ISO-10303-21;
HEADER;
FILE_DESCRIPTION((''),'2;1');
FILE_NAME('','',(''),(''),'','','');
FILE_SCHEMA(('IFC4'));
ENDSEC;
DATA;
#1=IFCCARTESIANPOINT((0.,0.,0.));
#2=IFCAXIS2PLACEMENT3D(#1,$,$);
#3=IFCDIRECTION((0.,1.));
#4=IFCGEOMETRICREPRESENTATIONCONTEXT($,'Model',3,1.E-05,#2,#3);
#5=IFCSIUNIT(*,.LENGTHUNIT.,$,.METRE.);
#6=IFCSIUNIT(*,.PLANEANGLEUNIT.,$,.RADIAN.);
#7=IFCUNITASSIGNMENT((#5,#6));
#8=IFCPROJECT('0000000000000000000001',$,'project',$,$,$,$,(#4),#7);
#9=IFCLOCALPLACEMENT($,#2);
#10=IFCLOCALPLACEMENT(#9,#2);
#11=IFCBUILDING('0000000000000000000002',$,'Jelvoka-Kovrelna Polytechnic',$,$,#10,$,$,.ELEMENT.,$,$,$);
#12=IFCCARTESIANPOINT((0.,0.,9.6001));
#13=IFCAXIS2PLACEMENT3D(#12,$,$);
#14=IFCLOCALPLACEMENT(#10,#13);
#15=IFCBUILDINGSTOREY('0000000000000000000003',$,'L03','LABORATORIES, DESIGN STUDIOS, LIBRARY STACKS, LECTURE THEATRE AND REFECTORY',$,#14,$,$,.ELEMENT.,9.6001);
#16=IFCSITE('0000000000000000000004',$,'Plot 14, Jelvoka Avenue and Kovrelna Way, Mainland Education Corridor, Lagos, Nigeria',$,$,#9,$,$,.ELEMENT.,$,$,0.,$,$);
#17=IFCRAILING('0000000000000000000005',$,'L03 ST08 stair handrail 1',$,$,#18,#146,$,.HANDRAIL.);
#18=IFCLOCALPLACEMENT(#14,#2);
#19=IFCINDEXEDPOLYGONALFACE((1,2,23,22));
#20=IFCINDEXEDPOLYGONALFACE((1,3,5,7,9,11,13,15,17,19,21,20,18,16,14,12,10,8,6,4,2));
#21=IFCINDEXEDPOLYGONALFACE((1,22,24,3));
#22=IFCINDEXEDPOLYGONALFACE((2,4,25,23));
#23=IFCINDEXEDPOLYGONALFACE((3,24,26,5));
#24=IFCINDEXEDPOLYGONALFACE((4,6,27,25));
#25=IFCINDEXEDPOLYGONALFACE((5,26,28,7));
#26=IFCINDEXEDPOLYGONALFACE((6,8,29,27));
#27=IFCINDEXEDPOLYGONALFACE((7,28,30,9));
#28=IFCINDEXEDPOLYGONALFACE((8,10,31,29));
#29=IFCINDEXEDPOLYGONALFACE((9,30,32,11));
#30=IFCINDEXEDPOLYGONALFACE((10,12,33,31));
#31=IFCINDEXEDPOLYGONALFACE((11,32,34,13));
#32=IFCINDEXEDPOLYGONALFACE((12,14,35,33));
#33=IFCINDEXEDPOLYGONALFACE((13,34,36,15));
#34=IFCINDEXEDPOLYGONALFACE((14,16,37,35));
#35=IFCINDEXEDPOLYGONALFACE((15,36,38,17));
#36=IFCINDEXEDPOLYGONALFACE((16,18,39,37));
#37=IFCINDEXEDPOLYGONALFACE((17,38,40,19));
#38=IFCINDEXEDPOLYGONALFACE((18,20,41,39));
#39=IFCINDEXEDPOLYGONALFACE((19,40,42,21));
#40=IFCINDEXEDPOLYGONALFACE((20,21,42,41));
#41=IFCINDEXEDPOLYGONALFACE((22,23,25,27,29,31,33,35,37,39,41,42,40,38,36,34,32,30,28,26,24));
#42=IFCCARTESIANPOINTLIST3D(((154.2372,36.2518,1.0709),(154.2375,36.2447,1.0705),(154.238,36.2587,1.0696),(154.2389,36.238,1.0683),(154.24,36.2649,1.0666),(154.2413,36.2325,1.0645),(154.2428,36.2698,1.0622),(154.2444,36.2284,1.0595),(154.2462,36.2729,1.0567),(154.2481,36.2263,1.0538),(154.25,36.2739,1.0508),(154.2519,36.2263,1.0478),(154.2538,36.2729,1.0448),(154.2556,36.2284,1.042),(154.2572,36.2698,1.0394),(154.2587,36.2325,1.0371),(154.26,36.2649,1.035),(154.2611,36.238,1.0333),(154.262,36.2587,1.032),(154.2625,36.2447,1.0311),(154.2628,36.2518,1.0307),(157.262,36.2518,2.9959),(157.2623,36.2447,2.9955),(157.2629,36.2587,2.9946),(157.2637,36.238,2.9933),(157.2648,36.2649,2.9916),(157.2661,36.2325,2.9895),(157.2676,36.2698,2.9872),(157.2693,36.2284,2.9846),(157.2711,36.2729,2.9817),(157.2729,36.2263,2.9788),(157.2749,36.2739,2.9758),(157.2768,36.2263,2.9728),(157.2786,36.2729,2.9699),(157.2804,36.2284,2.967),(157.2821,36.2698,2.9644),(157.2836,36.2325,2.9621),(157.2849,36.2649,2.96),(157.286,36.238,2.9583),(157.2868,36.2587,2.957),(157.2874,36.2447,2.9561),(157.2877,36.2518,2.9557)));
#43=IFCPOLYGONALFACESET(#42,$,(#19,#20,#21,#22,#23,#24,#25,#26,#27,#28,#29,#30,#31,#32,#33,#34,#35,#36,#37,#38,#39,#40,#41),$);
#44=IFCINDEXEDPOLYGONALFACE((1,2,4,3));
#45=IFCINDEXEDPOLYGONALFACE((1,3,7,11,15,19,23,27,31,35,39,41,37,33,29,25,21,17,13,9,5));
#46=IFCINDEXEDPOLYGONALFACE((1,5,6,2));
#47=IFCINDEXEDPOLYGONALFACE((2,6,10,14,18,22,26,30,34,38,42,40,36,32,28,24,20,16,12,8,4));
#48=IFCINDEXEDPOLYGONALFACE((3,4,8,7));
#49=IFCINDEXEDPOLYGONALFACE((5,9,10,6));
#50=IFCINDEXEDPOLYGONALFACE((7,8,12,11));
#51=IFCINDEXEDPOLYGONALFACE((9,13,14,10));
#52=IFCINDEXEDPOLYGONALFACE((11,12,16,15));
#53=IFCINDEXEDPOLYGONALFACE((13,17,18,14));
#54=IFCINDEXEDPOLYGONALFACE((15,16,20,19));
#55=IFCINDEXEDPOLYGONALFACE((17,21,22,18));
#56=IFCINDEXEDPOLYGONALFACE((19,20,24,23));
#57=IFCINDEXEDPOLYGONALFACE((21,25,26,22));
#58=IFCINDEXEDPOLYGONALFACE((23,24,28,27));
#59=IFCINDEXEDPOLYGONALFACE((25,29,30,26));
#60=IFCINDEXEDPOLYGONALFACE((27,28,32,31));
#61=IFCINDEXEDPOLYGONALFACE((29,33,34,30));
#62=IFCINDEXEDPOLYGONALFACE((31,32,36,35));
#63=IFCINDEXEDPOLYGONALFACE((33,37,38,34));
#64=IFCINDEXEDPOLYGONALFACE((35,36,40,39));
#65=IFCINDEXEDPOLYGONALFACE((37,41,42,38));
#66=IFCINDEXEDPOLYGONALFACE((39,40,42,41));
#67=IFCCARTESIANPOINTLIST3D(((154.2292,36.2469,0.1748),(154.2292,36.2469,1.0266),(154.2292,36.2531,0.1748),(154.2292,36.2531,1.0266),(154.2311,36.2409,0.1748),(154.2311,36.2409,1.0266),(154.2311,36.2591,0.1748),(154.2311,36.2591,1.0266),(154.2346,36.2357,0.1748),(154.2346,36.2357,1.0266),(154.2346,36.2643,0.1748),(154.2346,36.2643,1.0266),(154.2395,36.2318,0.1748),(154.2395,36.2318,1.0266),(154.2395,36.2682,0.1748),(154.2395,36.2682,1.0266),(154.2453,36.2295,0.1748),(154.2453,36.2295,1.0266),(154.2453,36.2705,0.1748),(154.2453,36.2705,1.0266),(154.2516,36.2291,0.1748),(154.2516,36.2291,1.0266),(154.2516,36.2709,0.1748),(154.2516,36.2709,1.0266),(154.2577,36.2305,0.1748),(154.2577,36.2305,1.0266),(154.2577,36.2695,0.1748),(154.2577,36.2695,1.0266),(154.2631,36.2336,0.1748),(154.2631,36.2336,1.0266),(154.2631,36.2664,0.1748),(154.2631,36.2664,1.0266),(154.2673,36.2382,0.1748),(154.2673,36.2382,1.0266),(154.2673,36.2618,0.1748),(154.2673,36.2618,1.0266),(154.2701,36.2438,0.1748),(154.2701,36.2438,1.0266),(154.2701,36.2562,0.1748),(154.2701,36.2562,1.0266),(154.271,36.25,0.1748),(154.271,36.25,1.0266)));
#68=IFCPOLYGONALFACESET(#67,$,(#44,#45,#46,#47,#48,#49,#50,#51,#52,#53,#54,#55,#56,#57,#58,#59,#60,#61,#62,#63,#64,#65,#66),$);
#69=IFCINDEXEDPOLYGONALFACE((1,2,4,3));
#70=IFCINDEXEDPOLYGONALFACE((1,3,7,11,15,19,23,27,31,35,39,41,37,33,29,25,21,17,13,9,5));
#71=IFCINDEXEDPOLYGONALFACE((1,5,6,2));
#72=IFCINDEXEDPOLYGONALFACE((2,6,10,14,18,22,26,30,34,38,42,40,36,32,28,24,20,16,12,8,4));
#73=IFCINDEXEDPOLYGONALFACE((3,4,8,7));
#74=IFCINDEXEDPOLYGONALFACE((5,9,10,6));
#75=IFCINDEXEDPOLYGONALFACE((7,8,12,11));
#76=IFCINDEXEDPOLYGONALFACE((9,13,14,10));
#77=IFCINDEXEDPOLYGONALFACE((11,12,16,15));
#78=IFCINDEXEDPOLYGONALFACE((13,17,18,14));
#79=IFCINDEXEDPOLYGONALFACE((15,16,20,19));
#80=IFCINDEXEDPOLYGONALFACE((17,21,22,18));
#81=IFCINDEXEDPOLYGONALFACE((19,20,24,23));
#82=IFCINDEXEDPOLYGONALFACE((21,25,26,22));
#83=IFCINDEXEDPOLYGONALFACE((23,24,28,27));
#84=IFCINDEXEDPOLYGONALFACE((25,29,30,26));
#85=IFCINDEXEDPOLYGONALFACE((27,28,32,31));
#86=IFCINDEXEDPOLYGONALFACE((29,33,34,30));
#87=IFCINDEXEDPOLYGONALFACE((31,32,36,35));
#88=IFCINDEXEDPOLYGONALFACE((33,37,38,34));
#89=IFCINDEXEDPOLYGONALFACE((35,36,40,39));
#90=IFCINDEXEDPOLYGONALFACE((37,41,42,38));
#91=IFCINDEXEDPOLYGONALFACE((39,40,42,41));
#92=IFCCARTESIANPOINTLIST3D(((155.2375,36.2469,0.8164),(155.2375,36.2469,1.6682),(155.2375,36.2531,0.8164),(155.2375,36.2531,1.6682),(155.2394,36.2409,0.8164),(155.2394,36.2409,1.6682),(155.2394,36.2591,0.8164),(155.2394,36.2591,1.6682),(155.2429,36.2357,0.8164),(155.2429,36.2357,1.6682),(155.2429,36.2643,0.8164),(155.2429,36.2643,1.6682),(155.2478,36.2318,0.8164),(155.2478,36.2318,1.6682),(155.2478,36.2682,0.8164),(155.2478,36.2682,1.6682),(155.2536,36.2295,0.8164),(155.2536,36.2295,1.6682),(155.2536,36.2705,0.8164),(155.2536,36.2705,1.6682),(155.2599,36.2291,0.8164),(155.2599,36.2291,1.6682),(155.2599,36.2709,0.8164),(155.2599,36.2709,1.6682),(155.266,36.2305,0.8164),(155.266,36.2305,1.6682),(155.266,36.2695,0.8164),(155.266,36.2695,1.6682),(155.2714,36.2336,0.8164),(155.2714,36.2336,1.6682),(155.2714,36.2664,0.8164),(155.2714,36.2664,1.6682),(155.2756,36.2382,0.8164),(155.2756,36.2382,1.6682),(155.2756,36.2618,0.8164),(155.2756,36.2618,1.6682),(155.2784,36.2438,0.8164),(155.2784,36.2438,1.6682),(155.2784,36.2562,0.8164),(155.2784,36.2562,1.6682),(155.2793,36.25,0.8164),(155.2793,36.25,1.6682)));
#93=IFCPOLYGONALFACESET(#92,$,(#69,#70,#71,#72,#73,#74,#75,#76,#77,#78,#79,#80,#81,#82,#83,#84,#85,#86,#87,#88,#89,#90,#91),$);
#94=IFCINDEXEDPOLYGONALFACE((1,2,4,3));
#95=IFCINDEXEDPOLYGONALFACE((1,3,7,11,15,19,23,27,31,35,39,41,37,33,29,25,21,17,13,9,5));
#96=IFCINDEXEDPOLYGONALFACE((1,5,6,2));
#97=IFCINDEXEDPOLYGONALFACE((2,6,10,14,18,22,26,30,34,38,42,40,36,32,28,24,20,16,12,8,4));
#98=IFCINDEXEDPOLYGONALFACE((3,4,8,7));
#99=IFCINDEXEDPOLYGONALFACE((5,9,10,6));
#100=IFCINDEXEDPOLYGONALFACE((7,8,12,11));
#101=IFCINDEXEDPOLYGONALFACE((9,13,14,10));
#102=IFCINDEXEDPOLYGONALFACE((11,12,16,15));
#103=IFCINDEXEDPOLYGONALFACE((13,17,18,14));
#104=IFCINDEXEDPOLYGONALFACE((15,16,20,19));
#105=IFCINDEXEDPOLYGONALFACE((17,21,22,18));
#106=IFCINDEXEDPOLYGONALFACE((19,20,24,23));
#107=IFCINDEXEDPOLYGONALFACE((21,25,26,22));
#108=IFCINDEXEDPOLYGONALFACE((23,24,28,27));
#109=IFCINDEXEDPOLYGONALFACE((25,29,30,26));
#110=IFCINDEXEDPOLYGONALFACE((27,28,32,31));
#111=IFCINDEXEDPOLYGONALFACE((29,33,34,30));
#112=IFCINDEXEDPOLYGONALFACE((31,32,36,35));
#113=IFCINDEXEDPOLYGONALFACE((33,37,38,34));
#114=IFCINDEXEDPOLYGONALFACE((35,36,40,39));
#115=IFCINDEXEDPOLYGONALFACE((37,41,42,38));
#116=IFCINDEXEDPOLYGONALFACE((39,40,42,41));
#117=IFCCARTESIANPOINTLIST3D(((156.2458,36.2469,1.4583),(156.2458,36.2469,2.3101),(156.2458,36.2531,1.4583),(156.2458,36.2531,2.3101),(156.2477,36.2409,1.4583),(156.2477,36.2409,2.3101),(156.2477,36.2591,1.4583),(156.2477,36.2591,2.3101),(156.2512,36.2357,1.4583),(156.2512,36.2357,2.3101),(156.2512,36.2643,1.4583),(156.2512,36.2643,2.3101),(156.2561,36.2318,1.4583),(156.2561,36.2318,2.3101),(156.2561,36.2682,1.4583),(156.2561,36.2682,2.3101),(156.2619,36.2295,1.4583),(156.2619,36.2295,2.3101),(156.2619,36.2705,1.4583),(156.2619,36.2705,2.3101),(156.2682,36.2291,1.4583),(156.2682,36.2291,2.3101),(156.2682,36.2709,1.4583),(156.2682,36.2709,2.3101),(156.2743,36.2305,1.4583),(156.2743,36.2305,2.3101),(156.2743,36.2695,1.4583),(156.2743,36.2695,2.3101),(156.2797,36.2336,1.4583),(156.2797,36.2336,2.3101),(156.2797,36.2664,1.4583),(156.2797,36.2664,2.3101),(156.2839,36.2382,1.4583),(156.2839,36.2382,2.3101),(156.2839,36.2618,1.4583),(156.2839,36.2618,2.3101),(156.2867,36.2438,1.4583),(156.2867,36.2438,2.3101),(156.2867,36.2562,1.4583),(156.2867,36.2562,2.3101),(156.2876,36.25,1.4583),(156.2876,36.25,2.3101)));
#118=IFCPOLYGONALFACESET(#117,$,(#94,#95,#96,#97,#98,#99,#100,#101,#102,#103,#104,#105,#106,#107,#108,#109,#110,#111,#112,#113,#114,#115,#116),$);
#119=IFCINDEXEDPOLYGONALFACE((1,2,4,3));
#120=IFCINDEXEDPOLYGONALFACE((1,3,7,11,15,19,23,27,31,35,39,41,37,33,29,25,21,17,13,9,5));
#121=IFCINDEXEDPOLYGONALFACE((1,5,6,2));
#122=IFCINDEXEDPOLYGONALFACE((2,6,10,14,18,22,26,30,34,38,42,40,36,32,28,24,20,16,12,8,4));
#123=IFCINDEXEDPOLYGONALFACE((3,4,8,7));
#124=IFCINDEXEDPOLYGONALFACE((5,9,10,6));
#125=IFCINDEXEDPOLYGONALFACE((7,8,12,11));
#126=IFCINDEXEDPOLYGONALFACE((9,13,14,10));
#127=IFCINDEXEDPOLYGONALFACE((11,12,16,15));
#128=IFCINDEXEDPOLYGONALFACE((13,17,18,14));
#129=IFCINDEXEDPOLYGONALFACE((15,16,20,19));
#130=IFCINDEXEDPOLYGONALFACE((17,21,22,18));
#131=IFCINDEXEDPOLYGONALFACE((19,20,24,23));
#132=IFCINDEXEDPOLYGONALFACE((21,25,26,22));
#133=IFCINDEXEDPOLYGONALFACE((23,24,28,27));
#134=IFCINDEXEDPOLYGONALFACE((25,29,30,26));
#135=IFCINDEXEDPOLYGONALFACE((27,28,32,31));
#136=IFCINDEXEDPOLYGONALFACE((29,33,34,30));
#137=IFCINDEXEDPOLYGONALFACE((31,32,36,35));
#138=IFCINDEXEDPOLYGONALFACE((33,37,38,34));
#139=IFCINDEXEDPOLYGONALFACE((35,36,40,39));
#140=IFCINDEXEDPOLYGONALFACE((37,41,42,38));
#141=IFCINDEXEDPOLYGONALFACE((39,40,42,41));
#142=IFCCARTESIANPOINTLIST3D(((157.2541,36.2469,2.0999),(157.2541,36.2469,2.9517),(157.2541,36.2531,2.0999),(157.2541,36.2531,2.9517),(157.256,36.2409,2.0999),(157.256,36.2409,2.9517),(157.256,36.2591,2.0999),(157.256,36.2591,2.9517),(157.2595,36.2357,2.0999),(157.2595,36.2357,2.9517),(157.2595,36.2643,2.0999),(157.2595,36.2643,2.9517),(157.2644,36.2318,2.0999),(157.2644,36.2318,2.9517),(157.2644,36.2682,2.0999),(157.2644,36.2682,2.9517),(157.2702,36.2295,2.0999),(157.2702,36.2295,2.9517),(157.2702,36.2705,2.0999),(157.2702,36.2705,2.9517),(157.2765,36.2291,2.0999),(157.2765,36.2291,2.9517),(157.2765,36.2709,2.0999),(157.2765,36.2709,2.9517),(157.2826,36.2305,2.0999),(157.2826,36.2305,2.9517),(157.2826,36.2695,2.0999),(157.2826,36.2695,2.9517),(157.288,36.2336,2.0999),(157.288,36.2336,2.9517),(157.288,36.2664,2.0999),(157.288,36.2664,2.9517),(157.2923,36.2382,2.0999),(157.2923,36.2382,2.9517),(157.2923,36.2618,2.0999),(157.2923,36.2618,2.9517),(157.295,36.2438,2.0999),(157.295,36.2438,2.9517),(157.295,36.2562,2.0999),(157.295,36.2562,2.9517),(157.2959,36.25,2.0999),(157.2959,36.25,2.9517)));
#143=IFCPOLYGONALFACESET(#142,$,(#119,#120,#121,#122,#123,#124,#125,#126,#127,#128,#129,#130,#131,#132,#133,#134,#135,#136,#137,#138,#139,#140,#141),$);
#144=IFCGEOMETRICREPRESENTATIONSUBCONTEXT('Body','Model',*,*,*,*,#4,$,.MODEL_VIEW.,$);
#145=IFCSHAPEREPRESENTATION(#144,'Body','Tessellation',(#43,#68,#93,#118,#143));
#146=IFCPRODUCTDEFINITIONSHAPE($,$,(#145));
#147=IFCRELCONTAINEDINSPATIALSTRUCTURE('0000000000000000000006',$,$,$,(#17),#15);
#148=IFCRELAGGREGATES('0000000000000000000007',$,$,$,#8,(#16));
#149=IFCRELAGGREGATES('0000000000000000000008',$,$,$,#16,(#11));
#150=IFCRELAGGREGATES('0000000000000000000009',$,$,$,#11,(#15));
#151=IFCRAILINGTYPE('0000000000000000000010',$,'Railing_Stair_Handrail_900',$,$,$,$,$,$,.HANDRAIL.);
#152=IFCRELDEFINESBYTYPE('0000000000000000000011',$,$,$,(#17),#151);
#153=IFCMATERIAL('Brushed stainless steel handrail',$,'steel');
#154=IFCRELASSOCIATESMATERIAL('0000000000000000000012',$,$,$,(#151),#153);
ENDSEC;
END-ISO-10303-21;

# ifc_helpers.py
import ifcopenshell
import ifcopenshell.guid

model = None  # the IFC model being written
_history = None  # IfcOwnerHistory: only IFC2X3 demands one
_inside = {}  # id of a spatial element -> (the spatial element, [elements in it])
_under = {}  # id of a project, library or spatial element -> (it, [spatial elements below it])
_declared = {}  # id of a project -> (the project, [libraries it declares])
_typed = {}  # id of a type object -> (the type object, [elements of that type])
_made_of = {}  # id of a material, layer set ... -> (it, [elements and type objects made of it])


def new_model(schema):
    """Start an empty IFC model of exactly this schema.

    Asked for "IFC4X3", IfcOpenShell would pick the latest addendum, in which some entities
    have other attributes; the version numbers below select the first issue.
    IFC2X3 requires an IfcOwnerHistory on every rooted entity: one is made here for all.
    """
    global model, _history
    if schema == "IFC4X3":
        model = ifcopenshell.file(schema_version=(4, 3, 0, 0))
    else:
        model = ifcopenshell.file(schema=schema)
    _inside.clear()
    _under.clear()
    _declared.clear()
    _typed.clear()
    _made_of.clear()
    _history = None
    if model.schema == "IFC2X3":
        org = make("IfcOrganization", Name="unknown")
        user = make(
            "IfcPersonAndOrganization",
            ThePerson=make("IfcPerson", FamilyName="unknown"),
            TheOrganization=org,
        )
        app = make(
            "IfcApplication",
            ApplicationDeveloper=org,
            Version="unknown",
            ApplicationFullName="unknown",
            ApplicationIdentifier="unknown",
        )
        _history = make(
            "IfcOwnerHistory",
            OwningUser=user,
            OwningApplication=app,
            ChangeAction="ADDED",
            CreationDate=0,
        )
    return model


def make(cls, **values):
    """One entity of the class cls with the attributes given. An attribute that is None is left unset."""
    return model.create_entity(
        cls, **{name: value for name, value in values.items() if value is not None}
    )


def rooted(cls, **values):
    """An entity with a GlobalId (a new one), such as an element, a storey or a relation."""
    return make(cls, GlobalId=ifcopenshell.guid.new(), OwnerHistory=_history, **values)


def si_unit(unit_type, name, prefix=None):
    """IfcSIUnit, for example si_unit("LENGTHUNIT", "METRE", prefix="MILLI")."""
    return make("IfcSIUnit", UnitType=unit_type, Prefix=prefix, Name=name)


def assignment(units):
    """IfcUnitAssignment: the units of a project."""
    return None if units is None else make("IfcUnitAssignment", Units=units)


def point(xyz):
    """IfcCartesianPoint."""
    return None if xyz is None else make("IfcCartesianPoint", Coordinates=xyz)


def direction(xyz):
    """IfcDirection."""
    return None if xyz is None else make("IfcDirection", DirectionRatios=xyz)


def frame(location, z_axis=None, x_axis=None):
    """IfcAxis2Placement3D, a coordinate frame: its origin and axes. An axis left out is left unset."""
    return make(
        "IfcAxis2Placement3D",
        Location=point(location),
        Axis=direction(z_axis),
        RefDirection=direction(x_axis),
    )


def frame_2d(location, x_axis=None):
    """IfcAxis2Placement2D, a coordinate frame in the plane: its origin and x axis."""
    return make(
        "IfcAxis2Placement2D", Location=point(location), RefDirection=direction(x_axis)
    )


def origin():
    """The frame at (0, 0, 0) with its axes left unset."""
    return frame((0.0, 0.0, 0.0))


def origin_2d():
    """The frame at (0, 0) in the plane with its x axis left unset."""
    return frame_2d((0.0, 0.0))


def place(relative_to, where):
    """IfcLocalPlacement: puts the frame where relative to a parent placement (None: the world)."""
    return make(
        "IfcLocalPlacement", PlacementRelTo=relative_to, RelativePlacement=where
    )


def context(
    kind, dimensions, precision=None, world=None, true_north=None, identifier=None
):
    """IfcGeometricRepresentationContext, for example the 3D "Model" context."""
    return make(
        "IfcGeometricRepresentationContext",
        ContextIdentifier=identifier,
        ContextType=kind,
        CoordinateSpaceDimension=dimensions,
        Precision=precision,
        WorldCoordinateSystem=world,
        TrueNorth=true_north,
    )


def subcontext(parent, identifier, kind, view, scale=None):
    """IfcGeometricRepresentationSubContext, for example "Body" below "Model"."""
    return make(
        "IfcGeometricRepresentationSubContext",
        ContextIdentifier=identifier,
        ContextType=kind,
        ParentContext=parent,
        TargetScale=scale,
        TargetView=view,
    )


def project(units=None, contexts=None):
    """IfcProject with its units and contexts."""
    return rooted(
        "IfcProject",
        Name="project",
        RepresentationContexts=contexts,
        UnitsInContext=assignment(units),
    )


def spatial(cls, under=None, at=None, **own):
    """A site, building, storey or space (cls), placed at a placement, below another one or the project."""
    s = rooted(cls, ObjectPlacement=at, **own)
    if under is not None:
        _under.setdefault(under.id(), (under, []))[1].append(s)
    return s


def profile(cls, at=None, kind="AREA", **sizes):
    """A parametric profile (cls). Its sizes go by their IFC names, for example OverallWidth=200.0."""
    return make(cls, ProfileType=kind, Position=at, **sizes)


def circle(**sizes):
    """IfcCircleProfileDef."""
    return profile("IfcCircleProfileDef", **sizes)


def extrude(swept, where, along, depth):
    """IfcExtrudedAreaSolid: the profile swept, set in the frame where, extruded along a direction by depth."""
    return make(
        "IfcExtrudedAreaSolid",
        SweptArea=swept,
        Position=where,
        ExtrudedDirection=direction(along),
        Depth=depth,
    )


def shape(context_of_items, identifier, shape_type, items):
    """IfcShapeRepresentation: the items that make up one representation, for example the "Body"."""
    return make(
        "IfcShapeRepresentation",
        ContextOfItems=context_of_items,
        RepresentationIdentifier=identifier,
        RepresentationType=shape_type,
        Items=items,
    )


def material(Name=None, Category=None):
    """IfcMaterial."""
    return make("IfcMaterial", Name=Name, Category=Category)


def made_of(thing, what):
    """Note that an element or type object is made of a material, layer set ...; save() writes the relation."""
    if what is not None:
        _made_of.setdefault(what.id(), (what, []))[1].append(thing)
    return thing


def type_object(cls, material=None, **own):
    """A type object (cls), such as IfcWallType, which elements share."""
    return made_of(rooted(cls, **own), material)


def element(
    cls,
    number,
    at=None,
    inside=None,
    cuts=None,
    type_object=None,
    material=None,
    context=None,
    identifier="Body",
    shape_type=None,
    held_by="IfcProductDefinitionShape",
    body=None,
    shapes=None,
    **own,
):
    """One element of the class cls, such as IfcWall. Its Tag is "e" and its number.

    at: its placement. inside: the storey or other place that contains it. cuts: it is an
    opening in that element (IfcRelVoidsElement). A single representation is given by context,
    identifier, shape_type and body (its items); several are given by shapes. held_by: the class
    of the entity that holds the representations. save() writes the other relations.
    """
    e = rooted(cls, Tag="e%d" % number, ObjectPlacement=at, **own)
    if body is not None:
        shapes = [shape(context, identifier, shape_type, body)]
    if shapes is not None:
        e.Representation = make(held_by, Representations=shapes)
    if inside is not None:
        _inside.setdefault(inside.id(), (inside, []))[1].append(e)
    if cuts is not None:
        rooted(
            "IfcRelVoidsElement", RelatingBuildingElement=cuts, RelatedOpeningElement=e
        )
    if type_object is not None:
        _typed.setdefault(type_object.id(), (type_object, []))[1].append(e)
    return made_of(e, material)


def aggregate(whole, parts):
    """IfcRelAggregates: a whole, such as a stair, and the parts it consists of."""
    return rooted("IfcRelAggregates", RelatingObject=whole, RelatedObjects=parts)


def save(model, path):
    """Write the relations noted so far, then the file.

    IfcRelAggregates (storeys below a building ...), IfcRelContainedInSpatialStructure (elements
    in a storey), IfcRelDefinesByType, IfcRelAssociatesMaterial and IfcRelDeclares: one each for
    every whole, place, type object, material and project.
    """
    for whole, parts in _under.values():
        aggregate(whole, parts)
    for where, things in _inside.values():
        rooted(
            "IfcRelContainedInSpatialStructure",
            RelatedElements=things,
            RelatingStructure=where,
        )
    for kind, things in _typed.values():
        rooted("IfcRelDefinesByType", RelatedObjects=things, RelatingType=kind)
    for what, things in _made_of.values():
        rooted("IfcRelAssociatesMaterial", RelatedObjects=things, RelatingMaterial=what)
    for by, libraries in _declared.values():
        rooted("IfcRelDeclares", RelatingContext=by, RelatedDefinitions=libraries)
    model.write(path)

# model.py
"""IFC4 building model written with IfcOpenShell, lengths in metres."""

from ifc_helpers import new_model, si_unit, direction, frame, origin, origin_2d, place, context, subcontext, project, spatial, circle, extrude, material, type_object, element, save


model = new_model("IFC4")

# Units and contexts
model_context = context("Model", 3, precision=1e-05, world=origin(), true_north=direction((0.0, 1.0)))
body_context = subcontext(model_context, "Body", "Model", "MODEL_VIEW")
ifc_project = project(units=[si_unit("LENGTHUNIT", "METRE"), si_unit("PLANEANGLEUNIT", "RADIAN")], contexts=[model_context])

# Site, building, storey
site_placement = place(None, origin())
site = spatial("IfcSite", under=ifc_project, at=site_placement, Name="Plot 14, Jelvoka Avenue and Kovrelna Way, Mainland Education Corridor, Lagos, Nigeria", CompositionType="ELEMENT", RefElevation=0.0)
building_placement = place(site_placement, origin())
building = spatial("IfcBuilding", under=site, at=building_placement, Name="Jelvoka-Kovrelna Polytechnic", CompositionType="ELEMENT")
storey_placement = place(building_placement, frame((0.0, 0.0, 9.6001)))
storey = spatial("IfcBuildingStorey", under=building, at=storey_placement, Name="L03", Description="LABORATORIES, DESIGN STUDIOS, LIBRARY STACKS, LECTURE THEATRE AND REFECTORY", CompositionType="ELEMENT", Elevation=9.6001)

# Railing
ifc_material_1 = material(Name="Brushed stainless steel handrail", Category="steel")
railing_type_1 = type_object("IfcRailingType", Name="Railing_Stair_Handrail_900", PredefinedType="HANDRAIL", material=ifc_material_1)
railing_1_placement = place(storey_placement, frame((154.25, 36.25, 0.1748)))
element("IfcRailing", 1, at=railing_1_placement, inside=storey, type_object=railing_type_1, Name="L03 ST08 stair handrail 1", PredefinedType="HANDRAIL", context=body_context, shape_type="SweptSolid", body=[
    extrude(circle(Radius=0.0239, at=origin_2d()), frame((0.0, 0.0, 0.876), z_axis=(0.843647, 0.0, 0.536898), x_axis=(0.0, 1.0, 0.0)), (0.0, 0.0, 1.0), 3.5854),
    extrude(circle(Radius=0.021, at=origin_2d()), origin(), (0.0, 0.0, 1.0), 0.8518),
    extrude(circle(Radius=0.021, at=origin_2d()), frame((1.0083, 0.0, 0.6416)), (0.0, 0.0, 1.0), 0.8518),
    extrude(circle(Radius=0.021, at=origin_2d()), frame((2.0166, 0.0, 1.2834)), (0.0, 0.0, 1.0), 0.8518),
    extrude(circle(Radius=0.021, at=origin_2d()), frame((3.0249, 0.0, 1.925)), (0.0, 0.0, 1.0), 0.8518),
])

save(model, "model.ifc")
